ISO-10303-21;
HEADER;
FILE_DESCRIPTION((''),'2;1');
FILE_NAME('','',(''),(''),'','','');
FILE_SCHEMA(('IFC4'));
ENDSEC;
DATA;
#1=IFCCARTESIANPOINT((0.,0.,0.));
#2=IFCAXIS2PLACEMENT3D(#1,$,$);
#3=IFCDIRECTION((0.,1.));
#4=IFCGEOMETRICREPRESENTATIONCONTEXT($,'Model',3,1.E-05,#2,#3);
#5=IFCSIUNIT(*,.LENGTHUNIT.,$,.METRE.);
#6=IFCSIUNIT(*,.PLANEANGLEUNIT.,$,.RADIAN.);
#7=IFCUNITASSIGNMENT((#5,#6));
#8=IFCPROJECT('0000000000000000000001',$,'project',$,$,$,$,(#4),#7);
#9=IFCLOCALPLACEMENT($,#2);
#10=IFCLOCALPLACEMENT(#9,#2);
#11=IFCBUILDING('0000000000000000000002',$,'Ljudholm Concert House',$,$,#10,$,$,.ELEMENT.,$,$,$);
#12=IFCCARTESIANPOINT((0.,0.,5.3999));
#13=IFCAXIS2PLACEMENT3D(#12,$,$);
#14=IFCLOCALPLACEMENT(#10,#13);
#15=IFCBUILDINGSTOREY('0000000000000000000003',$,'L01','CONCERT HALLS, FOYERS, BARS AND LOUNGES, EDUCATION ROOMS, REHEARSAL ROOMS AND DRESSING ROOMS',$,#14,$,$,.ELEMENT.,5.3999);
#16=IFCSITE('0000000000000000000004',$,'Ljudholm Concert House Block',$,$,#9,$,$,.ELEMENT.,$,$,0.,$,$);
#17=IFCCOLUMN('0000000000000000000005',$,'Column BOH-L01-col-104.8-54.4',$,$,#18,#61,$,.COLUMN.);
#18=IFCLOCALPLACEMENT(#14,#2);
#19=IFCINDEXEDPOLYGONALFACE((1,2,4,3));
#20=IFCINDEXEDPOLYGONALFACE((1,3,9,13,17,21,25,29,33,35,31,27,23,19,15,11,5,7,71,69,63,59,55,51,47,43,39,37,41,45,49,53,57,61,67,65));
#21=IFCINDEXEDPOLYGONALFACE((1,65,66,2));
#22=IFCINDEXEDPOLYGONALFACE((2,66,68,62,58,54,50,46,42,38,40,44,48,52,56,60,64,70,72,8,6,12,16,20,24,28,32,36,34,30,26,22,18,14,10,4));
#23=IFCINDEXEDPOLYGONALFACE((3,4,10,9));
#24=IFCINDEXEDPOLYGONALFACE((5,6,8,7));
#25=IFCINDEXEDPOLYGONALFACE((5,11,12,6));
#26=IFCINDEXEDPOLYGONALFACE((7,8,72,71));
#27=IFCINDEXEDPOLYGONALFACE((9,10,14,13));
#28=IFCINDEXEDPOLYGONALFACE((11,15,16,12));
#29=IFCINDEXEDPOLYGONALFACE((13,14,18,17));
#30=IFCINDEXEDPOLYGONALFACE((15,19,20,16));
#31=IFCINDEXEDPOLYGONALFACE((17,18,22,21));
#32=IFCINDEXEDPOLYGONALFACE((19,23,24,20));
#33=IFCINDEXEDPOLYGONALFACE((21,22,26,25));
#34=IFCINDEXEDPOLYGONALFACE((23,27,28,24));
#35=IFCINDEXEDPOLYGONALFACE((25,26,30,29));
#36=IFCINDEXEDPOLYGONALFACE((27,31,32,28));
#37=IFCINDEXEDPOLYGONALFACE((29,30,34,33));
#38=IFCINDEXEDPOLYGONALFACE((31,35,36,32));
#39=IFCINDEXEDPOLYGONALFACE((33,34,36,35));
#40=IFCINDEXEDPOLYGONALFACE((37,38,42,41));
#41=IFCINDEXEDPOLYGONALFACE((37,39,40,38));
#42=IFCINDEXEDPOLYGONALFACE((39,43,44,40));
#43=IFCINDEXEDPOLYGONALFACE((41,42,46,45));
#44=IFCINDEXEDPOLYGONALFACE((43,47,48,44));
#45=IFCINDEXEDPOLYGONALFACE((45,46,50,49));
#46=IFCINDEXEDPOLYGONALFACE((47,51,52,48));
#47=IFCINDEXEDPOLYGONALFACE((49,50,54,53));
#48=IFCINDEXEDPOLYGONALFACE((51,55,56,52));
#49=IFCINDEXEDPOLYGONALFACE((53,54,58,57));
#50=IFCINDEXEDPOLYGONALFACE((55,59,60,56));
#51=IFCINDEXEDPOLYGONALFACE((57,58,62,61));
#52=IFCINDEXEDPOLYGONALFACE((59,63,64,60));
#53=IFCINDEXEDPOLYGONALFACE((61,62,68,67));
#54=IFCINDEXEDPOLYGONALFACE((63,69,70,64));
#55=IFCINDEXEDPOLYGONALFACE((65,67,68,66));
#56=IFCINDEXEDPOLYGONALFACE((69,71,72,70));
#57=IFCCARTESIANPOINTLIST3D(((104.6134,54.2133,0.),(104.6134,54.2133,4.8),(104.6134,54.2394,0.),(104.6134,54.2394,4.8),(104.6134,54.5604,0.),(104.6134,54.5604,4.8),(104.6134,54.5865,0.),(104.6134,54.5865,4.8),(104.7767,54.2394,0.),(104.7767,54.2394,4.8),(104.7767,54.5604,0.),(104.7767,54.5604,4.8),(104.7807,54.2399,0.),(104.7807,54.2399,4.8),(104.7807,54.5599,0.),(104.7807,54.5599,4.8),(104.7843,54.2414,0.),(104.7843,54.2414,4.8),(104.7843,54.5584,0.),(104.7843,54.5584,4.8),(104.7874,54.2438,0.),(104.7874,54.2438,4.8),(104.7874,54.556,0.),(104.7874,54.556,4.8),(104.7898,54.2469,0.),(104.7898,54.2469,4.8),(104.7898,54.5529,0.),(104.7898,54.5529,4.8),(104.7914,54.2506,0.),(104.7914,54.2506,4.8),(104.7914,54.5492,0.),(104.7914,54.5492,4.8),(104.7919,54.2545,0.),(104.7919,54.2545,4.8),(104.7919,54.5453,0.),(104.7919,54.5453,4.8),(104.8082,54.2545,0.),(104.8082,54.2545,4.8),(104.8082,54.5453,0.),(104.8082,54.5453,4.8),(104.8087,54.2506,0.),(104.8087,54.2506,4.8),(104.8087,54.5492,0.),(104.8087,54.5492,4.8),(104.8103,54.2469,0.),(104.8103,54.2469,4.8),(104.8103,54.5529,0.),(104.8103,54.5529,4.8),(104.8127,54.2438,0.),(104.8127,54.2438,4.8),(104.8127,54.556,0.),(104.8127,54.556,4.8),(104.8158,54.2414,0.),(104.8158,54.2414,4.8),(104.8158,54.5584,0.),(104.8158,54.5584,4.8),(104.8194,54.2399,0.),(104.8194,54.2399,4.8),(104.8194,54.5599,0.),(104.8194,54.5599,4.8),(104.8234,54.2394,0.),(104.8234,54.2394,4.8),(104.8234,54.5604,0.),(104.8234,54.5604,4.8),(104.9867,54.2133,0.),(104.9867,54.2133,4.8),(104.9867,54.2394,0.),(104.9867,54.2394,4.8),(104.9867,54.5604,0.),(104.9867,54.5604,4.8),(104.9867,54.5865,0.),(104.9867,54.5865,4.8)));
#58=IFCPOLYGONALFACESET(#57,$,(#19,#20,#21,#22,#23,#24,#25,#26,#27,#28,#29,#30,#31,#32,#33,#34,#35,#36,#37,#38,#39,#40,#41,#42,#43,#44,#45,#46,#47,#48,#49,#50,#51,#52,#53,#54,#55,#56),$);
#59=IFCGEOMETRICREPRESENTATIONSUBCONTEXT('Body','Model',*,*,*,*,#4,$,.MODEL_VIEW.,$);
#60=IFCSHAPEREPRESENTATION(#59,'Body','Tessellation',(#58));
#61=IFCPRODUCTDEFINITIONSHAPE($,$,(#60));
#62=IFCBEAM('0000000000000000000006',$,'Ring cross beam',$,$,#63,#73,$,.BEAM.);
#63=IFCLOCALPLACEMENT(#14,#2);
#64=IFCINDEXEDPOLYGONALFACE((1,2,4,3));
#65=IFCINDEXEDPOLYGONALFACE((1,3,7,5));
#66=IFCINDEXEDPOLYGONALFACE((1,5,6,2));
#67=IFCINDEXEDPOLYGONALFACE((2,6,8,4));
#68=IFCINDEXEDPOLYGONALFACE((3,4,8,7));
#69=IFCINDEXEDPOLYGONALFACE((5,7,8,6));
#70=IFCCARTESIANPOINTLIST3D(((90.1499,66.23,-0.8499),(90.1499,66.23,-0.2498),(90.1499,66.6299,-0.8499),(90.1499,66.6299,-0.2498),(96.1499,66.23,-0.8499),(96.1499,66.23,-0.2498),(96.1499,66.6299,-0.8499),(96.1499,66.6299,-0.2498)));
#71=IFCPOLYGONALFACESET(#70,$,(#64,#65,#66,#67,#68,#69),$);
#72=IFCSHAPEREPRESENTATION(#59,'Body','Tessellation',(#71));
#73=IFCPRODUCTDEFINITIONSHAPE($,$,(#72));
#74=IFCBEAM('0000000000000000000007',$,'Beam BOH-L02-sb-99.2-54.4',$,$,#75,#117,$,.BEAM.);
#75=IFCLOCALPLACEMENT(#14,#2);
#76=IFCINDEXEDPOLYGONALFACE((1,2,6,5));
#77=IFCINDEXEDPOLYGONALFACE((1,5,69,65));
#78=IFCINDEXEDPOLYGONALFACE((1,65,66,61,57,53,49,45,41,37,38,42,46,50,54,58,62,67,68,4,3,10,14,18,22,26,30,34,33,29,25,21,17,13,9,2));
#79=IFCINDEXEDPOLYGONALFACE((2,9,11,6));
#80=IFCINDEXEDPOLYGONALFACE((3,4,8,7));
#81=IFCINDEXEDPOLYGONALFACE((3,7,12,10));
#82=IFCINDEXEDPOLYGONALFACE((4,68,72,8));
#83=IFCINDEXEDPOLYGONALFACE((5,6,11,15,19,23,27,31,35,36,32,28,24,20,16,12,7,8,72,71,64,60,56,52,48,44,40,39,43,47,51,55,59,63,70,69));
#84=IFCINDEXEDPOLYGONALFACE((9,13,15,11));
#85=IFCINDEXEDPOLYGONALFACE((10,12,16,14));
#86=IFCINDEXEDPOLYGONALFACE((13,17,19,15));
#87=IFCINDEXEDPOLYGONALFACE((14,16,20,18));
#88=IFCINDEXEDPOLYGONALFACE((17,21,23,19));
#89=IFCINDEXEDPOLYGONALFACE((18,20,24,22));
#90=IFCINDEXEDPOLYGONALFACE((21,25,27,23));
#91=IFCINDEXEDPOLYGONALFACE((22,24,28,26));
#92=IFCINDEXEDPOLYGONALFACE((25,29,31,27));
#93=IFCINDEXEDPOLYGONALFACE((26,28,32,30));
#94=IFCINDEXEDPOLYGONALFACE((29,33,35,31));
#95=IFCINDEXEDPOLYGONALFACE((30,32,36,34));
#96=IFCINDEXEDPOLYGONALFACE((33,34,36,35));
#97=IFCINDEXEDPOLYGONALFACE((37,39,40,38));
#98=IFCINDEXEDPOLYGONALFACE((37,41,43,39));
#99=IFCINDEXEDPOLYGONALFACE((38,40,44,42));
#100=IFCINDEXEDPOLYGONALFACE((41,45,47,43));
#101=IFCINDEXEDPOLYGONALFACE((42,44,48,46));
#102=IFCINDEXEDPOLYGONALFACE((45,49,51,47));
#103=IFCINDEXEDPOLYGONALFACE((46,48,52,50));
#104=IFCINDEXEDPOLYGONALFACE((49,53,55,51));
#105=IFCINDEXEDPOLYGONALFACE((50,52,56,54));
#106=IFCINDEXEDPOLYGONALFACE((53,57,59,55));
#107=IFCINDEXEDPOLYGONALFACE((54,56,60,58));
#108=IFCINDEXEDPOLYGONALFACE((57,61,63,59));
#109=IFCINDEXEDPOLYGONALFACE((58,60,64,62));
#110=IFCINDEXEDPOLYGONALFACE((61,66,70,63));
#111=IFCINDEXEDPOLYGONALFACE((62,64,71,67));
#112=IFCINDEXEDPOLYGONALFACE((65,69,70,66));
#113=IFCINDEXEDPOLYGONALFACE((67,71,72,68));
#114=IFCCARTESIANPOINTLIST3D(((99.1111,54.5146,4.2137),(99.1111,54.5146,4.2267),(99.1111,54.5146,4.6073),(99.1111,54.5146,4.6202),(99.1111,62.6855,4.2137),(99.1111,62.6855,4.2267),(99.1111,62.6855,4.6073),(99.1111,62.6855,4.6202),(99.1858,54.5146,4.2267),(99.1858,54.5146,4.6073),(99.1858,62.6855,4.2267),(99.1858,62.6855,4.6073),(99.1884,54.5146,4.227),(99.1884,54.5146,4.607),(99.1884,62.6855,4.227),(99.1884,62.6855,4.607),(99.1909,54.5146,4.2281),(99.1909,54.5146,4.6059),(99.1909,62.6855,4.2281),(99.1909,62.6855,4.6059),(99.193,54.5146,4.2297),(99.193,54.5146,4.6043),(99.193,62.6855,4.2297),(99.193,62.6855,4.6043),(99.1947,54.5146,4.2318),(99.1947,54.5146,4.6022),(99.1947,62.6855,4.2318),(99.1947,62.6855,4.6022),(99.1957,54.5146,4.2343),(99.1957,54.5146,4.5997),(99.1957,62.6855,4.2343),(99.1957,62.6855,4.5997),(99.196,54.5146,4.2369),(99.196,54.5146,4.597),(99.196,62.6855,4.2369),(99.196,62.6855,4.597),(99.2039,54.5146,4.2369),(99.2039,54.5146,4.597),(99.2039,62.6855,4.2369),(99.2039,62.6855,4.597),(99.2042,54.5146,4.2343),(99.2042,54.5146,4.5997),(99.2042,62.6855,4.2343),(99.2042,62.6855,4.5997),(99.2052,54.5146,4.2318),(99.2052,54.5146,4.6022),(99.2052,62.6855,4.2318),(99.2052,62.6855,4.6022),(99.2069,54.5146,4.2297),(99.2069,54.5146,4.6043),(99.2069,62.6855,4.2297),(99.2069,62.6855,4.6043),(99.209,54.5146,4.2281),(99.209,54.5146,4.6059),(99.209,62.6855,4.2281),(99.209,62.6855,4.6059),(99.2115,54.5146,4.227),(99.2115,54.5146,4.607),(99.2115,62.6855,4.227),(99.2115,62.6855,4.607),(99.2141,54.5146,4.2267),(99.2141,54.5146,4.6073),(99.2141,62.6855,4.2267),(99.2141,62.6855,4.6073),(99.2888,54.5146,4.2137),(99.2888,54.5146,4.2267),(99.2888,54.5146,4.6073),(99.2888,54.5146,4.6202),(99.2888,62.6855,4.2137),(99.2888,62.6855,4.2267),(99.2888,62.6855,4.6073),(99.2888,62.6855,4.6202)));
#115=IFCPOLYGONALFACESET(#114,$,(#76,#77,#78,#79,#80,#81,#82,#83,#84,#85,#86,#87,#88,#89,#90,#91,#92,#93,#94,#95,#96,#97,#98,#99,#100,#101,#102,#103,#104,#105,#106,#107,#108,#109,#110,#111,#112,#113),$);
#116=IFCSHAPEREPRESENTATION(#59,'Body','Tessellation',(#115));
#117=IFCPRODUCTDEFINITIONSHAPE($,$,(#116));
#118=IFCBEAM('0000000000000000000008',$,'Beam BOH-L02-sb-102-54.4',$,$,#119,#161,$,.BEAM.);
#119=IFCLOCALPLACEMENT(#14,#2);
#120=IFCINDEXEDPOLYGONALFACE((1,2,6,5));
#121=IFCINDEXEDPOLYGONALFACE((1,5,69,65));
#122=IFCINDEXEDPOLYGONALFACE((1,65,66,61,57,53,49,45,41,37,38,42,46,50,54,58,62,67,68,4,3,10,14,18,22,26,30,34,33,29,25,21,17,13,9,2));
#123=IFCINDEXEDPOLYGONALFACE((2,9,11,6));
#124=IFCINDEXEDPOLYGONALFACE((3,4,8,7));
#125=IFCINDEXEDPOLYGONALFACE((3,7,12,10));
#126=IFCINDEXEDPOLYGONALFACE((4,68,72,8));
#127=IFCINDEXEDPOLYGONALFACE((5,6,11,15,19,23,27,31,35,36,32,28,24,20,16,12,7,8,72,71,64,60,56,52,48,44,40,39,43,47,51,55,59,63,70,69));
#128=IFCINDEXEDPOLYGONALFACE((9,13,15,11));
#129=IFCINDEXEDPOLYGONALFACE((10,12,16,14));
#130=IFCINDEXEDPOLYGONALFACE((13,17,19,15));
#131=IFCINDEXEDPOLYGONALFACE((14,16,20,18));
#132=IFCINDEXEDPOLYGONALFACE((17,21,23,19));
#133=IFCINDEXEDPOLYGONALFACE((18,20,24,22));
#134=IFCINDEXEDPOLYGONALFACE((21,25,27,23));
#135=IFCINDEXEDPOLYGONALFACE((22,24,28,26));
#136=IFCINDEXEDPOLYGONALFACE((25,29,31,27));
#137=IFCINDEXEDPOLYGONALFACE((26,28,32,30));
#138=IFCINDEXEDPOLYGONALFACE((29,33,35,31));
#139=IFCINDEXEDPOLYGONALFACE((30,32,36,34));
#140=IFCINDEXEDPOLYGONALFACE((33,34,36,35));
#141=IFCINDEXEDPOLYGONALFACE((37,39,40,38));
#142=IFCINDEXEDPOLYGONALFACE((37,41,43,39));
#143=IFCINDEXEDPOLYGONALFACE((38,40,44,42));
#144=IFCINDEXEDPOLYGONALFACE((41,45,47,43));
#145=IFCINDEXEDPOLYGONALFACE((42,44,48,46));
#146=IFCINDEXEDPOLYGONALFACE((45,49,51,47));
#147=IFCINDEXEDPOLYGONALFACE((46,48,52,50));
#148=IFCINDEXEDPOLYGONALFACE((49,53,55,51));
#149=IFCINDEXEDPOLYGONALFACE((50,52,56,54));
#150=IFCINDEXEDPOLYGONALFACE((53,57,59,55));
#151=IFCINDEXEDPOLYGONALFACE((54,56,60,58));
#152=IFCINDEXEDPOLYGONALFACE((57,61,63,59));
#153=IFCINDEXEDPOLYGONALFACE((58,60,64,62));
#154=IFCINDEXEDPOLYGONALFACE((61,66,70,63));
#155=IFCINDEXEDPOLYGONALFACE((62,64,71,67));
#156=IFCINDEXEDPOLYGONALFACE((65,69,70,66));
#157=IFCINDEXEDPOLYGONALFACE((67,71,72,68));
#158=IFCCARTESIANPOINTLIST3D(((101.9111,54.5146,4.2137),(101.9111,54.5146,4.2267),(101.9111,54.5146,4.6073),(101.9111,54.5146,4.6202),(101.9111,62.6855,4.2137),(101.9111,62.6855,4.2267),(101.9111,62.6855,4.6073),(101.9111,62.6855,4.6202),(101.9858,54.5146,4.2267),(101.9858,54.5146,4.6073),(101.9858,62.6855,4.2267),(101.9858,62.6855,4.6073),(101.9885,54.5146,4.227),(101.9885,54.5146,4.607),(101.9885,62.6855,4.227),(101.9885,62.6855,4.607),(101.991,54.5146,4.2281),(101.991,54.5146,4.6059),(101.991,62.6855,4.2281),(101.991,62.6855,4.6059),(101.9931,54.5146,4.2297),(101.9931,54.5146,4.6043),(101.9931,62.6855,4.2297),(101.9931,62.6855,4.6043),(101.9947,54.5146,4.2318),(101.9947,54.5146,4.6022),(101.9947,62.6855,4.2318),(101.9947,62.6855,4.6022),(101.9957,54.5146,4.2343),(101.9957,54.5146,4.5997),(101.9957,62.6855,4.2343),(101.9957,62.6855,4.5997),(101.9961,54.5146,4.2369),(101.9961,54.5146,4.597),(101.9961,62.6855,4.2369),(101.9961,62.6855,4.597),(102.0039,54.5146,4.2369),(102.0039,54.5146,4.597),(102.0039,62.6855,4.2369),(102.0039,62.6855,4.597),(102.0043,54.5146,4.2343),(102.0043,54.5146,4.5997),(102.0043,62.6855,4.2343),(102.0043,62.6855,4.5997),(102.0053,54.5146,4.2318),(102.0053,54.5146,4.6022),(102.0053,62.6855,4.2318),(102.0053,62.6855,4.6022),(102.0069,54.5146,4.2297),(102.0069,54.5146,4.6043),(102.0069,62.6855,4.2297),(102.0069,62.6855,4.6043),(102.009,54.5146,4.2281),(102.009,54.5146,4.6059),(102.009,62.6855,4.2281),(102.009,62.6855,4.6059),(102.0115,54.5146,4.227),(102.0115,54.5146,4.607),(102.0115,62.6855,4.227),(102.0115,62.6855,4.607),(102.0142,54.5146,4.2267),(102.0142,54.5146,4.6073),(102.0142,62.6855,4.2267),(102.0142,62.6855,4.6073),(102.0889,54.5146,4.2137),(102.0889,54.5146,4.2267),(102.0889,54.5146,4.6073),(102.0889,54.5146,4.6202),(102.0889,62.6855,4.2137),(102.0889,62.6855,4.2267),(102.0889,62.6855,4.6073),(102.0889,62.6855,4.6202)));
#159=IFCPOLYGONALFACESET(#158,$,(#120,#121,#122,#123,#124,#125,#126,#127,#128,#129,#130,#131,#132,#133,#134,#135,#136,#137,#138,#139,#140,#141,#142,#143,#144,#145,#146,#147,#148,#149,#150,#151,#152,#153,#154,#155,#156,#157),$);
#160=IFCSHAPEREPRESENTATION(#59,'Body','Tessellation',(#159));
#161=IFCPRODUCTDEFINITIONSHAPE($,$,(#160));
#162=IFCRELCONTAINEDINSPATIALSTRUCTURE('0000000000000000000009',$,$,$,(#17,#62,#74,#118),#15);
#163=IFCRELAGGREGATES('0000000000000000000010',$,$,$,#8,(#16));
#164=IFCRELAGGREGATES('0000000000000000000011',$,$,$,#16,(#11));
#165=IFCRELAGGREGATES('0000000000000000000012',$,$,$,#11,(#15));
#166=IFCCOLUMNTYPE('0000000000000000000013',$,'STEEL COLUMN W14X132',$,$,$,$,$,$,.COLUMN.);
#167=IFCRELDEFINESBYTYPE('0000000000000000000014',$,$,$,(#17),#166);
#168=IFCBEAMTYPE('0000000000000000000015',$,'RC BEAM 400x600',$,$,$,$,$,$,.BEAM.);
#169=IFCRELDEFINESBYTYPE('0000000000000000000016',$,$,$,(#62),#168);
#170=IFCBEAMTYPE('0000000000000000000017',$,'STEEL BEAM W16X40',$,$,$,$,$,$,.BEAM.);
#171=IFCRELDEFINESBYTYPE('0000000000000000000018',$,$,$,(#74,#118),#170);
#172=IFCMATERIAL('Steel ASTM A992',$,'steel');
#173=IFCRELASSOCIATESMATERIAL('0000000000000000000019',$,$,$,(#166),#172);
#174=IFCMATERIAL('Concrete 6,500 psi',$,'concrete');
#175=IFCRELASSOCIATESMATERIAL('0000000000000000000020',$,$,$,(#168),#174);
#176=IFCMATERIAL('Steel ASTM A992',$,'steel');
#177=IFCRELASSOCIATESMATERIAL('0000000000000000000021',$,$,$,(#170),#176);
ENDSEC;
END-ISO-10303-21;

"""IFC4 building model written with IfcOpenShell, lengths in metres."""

from ifc_helpers import new_model, si_unit, direction, frame, origin, origin_2d, place, context, subcontext, project, spatial, rectangle, i_section, extrude, material, material_profile, profile_set, type_object, element, save


model = new_model("IFC4")

# Units and contexts
model_context = context("Model", 3, precision=1e-05, world=origin(), true_north=direction((0.0, 1.0)))
body_context = subcontext(model_context, "Body", "Model", "MODEL_VIEW")
ifc_project = project(units=[si_unit("LENGTHUNIT", "METRE"), si_unit("PLANEANGLEUNIT", "RADIAN")], contexts=[model_context])

# Site, building, storey
site_placement = place(None, origin())
site = spatial("IfcSite", under=ifc_project, at=site_placement, Name="Ljudholm Concert House Block", CompositionType="ELEMENT", RefElevation=0.0)
building_placement = place(site_placement, origin())
building = spatial("IfcBuilding", under=site, at=building_placement, Name="Ljudholm Concert House", CompositionType="ELEMENT")
storey_placement = place(building_placement, frame((0.0, 0.0, 5.3999)))
storey = spatial("IfcBuildingStorey", under=building, at=storey_placement, Name="L01", Description="CONCERT HALLS, FOYERS, BARS AND LOUNGES, EDUCATION ROOMS, REHEARSAL ROOMS AND DRESSING ROOMS", CompositionType="ELEMENT", Elevation=5.3999)

# Column
ifc_material_1 = material(Name="Steel ASTM A992", Category="steel")
ifc_material_profile_1 = material_profile(ifc_material_1, i_section(OverallWidth=0.3733, OverallDepth=0.3733, WebThickness=0.0164, FlangeThickness=0.0261, FilletRadius=0.0151, at=origin_2d()), Name="W14X132")
ifc_profile_set_1 = profile_set([ifc_material_profile_1], Name="Steel ASTM A992")
column_type = type_object("IfcColumnType", Name="STEEL COLUMN W14X132", PredefinedType="COLUMN", material=ifc_profile_set_1)
column_placement = place(storey_placement, frame((104.8, 54.3999, 0.0), z_axis=(0.0, 0.0, 1.0), x_axis=(1.0, 0.0, 0.0)))
element("IfcColumn", 1, at=column_placement, inside=storey, type_object=column_type, Name="Column BOH-L01-col-104.8-54.4", PredefinedType="COLUMN", context=body_context, shape_type="SweptSolid", body=[
    extrude(i_section(OverallWidth=0.3733, OverallDepth=0.3733, WebThickness=0.0164, FlangeThickness=0.0261, FilletRadius=0.0151, at=origin_2d()), origin(), (0.0, 0.0, 1.0), 4.8),
])

# Beams
ifc_material_2 = material(Name="Concrete 6,500 psi", Category="concrete")
ifc_material_profile_2 = material_profile(ifc_material_2, rectangle(XDim=0.3999, YDim=0.6001, at=origin_2d()), Name="RC BEAM 400x600")
ifc_profile_set_2 = profile_set([ifc_material_profile_2], Name="Concrete 6,500 psi")
beam_type_1 = type_object("IfcBeamType", Name="RC BEAM 400x600", PredefinedType="BEAM", material=ifc_profile_set_2)
beam_1_placement = place(storey_placement, frame((90.1499, 66.4299, -0.5498), z_axis=(1.0, 0.0, 0.0), x_axis=(0.0, 1.0, 0.0)))
element("IfcBeam", 2, at=beam_1_placement, inside=storey, type_object=beam_type_1, Name="Ring cross beam", PredefinedType="BEAM", context=body_context, shape_type="SweptSolid", body=[
    extrude(rectangle(XDim=0.3999, YDim=0.6001, at=origin_2d()), origin(), (0.0, 0.0, 1.0), 6.0),
])
ifc_material_3 = material(Name="Steel ASTM A992", Category="steel")
ifc_material_profile_3 = material_profile(ifc_material_3, i_section(OverallWidth=0.1777, OverallDepth=0.4065, WebThickness=0.0078, FlangeThickness=0.0129, FilletRadius=0.0103, at=origin_2d()), Name="W16X40")
ifc_profile_set_3 = profile_set([ifc_material_profile_3], Name="Steel ASTM A992")
beam_type_2 = type_object("IfcBeamType", Name="STEEL BEAM W16X40", PredefinedType="BEAM", material=ifc_profile_set_3)
for number, where, z_axis, x_axis, name in (
    (3, (99.2, 54.5146, 4.417), (0.0, 1.0, 0.0), (-1.0, 0.0, 0.0), "Beam BOH-L02-sb-99.2-54.4"),
    (4, (102.0, 54.5146, 4.417), (0.0, 1.0, 0.0), (-1.0, 0.0, 0.0), "Beam BOH-L02-sb-102-54.4"),
):
    element("IfcBeam", number, at=place(storey_placement, frame(where, z_axis=z_axis, x_axis=x_axis)), inside=storey, type_object=beam_type_2, Name=name, PredefinedType="BEAM", context=body_context, shape_type="SweptSolid", body=[
        extrude(i_section(OverallWidth=0.1777, OverallDepth=0.4065, WebThickness=0.0078, FlangeThickness=0.0129, FilletRadius=0.0103, at=origin_2d()), origin(), (0.0, 0.0, 1.0), 8.1709),
    ])

save(model, "model.ifc")
